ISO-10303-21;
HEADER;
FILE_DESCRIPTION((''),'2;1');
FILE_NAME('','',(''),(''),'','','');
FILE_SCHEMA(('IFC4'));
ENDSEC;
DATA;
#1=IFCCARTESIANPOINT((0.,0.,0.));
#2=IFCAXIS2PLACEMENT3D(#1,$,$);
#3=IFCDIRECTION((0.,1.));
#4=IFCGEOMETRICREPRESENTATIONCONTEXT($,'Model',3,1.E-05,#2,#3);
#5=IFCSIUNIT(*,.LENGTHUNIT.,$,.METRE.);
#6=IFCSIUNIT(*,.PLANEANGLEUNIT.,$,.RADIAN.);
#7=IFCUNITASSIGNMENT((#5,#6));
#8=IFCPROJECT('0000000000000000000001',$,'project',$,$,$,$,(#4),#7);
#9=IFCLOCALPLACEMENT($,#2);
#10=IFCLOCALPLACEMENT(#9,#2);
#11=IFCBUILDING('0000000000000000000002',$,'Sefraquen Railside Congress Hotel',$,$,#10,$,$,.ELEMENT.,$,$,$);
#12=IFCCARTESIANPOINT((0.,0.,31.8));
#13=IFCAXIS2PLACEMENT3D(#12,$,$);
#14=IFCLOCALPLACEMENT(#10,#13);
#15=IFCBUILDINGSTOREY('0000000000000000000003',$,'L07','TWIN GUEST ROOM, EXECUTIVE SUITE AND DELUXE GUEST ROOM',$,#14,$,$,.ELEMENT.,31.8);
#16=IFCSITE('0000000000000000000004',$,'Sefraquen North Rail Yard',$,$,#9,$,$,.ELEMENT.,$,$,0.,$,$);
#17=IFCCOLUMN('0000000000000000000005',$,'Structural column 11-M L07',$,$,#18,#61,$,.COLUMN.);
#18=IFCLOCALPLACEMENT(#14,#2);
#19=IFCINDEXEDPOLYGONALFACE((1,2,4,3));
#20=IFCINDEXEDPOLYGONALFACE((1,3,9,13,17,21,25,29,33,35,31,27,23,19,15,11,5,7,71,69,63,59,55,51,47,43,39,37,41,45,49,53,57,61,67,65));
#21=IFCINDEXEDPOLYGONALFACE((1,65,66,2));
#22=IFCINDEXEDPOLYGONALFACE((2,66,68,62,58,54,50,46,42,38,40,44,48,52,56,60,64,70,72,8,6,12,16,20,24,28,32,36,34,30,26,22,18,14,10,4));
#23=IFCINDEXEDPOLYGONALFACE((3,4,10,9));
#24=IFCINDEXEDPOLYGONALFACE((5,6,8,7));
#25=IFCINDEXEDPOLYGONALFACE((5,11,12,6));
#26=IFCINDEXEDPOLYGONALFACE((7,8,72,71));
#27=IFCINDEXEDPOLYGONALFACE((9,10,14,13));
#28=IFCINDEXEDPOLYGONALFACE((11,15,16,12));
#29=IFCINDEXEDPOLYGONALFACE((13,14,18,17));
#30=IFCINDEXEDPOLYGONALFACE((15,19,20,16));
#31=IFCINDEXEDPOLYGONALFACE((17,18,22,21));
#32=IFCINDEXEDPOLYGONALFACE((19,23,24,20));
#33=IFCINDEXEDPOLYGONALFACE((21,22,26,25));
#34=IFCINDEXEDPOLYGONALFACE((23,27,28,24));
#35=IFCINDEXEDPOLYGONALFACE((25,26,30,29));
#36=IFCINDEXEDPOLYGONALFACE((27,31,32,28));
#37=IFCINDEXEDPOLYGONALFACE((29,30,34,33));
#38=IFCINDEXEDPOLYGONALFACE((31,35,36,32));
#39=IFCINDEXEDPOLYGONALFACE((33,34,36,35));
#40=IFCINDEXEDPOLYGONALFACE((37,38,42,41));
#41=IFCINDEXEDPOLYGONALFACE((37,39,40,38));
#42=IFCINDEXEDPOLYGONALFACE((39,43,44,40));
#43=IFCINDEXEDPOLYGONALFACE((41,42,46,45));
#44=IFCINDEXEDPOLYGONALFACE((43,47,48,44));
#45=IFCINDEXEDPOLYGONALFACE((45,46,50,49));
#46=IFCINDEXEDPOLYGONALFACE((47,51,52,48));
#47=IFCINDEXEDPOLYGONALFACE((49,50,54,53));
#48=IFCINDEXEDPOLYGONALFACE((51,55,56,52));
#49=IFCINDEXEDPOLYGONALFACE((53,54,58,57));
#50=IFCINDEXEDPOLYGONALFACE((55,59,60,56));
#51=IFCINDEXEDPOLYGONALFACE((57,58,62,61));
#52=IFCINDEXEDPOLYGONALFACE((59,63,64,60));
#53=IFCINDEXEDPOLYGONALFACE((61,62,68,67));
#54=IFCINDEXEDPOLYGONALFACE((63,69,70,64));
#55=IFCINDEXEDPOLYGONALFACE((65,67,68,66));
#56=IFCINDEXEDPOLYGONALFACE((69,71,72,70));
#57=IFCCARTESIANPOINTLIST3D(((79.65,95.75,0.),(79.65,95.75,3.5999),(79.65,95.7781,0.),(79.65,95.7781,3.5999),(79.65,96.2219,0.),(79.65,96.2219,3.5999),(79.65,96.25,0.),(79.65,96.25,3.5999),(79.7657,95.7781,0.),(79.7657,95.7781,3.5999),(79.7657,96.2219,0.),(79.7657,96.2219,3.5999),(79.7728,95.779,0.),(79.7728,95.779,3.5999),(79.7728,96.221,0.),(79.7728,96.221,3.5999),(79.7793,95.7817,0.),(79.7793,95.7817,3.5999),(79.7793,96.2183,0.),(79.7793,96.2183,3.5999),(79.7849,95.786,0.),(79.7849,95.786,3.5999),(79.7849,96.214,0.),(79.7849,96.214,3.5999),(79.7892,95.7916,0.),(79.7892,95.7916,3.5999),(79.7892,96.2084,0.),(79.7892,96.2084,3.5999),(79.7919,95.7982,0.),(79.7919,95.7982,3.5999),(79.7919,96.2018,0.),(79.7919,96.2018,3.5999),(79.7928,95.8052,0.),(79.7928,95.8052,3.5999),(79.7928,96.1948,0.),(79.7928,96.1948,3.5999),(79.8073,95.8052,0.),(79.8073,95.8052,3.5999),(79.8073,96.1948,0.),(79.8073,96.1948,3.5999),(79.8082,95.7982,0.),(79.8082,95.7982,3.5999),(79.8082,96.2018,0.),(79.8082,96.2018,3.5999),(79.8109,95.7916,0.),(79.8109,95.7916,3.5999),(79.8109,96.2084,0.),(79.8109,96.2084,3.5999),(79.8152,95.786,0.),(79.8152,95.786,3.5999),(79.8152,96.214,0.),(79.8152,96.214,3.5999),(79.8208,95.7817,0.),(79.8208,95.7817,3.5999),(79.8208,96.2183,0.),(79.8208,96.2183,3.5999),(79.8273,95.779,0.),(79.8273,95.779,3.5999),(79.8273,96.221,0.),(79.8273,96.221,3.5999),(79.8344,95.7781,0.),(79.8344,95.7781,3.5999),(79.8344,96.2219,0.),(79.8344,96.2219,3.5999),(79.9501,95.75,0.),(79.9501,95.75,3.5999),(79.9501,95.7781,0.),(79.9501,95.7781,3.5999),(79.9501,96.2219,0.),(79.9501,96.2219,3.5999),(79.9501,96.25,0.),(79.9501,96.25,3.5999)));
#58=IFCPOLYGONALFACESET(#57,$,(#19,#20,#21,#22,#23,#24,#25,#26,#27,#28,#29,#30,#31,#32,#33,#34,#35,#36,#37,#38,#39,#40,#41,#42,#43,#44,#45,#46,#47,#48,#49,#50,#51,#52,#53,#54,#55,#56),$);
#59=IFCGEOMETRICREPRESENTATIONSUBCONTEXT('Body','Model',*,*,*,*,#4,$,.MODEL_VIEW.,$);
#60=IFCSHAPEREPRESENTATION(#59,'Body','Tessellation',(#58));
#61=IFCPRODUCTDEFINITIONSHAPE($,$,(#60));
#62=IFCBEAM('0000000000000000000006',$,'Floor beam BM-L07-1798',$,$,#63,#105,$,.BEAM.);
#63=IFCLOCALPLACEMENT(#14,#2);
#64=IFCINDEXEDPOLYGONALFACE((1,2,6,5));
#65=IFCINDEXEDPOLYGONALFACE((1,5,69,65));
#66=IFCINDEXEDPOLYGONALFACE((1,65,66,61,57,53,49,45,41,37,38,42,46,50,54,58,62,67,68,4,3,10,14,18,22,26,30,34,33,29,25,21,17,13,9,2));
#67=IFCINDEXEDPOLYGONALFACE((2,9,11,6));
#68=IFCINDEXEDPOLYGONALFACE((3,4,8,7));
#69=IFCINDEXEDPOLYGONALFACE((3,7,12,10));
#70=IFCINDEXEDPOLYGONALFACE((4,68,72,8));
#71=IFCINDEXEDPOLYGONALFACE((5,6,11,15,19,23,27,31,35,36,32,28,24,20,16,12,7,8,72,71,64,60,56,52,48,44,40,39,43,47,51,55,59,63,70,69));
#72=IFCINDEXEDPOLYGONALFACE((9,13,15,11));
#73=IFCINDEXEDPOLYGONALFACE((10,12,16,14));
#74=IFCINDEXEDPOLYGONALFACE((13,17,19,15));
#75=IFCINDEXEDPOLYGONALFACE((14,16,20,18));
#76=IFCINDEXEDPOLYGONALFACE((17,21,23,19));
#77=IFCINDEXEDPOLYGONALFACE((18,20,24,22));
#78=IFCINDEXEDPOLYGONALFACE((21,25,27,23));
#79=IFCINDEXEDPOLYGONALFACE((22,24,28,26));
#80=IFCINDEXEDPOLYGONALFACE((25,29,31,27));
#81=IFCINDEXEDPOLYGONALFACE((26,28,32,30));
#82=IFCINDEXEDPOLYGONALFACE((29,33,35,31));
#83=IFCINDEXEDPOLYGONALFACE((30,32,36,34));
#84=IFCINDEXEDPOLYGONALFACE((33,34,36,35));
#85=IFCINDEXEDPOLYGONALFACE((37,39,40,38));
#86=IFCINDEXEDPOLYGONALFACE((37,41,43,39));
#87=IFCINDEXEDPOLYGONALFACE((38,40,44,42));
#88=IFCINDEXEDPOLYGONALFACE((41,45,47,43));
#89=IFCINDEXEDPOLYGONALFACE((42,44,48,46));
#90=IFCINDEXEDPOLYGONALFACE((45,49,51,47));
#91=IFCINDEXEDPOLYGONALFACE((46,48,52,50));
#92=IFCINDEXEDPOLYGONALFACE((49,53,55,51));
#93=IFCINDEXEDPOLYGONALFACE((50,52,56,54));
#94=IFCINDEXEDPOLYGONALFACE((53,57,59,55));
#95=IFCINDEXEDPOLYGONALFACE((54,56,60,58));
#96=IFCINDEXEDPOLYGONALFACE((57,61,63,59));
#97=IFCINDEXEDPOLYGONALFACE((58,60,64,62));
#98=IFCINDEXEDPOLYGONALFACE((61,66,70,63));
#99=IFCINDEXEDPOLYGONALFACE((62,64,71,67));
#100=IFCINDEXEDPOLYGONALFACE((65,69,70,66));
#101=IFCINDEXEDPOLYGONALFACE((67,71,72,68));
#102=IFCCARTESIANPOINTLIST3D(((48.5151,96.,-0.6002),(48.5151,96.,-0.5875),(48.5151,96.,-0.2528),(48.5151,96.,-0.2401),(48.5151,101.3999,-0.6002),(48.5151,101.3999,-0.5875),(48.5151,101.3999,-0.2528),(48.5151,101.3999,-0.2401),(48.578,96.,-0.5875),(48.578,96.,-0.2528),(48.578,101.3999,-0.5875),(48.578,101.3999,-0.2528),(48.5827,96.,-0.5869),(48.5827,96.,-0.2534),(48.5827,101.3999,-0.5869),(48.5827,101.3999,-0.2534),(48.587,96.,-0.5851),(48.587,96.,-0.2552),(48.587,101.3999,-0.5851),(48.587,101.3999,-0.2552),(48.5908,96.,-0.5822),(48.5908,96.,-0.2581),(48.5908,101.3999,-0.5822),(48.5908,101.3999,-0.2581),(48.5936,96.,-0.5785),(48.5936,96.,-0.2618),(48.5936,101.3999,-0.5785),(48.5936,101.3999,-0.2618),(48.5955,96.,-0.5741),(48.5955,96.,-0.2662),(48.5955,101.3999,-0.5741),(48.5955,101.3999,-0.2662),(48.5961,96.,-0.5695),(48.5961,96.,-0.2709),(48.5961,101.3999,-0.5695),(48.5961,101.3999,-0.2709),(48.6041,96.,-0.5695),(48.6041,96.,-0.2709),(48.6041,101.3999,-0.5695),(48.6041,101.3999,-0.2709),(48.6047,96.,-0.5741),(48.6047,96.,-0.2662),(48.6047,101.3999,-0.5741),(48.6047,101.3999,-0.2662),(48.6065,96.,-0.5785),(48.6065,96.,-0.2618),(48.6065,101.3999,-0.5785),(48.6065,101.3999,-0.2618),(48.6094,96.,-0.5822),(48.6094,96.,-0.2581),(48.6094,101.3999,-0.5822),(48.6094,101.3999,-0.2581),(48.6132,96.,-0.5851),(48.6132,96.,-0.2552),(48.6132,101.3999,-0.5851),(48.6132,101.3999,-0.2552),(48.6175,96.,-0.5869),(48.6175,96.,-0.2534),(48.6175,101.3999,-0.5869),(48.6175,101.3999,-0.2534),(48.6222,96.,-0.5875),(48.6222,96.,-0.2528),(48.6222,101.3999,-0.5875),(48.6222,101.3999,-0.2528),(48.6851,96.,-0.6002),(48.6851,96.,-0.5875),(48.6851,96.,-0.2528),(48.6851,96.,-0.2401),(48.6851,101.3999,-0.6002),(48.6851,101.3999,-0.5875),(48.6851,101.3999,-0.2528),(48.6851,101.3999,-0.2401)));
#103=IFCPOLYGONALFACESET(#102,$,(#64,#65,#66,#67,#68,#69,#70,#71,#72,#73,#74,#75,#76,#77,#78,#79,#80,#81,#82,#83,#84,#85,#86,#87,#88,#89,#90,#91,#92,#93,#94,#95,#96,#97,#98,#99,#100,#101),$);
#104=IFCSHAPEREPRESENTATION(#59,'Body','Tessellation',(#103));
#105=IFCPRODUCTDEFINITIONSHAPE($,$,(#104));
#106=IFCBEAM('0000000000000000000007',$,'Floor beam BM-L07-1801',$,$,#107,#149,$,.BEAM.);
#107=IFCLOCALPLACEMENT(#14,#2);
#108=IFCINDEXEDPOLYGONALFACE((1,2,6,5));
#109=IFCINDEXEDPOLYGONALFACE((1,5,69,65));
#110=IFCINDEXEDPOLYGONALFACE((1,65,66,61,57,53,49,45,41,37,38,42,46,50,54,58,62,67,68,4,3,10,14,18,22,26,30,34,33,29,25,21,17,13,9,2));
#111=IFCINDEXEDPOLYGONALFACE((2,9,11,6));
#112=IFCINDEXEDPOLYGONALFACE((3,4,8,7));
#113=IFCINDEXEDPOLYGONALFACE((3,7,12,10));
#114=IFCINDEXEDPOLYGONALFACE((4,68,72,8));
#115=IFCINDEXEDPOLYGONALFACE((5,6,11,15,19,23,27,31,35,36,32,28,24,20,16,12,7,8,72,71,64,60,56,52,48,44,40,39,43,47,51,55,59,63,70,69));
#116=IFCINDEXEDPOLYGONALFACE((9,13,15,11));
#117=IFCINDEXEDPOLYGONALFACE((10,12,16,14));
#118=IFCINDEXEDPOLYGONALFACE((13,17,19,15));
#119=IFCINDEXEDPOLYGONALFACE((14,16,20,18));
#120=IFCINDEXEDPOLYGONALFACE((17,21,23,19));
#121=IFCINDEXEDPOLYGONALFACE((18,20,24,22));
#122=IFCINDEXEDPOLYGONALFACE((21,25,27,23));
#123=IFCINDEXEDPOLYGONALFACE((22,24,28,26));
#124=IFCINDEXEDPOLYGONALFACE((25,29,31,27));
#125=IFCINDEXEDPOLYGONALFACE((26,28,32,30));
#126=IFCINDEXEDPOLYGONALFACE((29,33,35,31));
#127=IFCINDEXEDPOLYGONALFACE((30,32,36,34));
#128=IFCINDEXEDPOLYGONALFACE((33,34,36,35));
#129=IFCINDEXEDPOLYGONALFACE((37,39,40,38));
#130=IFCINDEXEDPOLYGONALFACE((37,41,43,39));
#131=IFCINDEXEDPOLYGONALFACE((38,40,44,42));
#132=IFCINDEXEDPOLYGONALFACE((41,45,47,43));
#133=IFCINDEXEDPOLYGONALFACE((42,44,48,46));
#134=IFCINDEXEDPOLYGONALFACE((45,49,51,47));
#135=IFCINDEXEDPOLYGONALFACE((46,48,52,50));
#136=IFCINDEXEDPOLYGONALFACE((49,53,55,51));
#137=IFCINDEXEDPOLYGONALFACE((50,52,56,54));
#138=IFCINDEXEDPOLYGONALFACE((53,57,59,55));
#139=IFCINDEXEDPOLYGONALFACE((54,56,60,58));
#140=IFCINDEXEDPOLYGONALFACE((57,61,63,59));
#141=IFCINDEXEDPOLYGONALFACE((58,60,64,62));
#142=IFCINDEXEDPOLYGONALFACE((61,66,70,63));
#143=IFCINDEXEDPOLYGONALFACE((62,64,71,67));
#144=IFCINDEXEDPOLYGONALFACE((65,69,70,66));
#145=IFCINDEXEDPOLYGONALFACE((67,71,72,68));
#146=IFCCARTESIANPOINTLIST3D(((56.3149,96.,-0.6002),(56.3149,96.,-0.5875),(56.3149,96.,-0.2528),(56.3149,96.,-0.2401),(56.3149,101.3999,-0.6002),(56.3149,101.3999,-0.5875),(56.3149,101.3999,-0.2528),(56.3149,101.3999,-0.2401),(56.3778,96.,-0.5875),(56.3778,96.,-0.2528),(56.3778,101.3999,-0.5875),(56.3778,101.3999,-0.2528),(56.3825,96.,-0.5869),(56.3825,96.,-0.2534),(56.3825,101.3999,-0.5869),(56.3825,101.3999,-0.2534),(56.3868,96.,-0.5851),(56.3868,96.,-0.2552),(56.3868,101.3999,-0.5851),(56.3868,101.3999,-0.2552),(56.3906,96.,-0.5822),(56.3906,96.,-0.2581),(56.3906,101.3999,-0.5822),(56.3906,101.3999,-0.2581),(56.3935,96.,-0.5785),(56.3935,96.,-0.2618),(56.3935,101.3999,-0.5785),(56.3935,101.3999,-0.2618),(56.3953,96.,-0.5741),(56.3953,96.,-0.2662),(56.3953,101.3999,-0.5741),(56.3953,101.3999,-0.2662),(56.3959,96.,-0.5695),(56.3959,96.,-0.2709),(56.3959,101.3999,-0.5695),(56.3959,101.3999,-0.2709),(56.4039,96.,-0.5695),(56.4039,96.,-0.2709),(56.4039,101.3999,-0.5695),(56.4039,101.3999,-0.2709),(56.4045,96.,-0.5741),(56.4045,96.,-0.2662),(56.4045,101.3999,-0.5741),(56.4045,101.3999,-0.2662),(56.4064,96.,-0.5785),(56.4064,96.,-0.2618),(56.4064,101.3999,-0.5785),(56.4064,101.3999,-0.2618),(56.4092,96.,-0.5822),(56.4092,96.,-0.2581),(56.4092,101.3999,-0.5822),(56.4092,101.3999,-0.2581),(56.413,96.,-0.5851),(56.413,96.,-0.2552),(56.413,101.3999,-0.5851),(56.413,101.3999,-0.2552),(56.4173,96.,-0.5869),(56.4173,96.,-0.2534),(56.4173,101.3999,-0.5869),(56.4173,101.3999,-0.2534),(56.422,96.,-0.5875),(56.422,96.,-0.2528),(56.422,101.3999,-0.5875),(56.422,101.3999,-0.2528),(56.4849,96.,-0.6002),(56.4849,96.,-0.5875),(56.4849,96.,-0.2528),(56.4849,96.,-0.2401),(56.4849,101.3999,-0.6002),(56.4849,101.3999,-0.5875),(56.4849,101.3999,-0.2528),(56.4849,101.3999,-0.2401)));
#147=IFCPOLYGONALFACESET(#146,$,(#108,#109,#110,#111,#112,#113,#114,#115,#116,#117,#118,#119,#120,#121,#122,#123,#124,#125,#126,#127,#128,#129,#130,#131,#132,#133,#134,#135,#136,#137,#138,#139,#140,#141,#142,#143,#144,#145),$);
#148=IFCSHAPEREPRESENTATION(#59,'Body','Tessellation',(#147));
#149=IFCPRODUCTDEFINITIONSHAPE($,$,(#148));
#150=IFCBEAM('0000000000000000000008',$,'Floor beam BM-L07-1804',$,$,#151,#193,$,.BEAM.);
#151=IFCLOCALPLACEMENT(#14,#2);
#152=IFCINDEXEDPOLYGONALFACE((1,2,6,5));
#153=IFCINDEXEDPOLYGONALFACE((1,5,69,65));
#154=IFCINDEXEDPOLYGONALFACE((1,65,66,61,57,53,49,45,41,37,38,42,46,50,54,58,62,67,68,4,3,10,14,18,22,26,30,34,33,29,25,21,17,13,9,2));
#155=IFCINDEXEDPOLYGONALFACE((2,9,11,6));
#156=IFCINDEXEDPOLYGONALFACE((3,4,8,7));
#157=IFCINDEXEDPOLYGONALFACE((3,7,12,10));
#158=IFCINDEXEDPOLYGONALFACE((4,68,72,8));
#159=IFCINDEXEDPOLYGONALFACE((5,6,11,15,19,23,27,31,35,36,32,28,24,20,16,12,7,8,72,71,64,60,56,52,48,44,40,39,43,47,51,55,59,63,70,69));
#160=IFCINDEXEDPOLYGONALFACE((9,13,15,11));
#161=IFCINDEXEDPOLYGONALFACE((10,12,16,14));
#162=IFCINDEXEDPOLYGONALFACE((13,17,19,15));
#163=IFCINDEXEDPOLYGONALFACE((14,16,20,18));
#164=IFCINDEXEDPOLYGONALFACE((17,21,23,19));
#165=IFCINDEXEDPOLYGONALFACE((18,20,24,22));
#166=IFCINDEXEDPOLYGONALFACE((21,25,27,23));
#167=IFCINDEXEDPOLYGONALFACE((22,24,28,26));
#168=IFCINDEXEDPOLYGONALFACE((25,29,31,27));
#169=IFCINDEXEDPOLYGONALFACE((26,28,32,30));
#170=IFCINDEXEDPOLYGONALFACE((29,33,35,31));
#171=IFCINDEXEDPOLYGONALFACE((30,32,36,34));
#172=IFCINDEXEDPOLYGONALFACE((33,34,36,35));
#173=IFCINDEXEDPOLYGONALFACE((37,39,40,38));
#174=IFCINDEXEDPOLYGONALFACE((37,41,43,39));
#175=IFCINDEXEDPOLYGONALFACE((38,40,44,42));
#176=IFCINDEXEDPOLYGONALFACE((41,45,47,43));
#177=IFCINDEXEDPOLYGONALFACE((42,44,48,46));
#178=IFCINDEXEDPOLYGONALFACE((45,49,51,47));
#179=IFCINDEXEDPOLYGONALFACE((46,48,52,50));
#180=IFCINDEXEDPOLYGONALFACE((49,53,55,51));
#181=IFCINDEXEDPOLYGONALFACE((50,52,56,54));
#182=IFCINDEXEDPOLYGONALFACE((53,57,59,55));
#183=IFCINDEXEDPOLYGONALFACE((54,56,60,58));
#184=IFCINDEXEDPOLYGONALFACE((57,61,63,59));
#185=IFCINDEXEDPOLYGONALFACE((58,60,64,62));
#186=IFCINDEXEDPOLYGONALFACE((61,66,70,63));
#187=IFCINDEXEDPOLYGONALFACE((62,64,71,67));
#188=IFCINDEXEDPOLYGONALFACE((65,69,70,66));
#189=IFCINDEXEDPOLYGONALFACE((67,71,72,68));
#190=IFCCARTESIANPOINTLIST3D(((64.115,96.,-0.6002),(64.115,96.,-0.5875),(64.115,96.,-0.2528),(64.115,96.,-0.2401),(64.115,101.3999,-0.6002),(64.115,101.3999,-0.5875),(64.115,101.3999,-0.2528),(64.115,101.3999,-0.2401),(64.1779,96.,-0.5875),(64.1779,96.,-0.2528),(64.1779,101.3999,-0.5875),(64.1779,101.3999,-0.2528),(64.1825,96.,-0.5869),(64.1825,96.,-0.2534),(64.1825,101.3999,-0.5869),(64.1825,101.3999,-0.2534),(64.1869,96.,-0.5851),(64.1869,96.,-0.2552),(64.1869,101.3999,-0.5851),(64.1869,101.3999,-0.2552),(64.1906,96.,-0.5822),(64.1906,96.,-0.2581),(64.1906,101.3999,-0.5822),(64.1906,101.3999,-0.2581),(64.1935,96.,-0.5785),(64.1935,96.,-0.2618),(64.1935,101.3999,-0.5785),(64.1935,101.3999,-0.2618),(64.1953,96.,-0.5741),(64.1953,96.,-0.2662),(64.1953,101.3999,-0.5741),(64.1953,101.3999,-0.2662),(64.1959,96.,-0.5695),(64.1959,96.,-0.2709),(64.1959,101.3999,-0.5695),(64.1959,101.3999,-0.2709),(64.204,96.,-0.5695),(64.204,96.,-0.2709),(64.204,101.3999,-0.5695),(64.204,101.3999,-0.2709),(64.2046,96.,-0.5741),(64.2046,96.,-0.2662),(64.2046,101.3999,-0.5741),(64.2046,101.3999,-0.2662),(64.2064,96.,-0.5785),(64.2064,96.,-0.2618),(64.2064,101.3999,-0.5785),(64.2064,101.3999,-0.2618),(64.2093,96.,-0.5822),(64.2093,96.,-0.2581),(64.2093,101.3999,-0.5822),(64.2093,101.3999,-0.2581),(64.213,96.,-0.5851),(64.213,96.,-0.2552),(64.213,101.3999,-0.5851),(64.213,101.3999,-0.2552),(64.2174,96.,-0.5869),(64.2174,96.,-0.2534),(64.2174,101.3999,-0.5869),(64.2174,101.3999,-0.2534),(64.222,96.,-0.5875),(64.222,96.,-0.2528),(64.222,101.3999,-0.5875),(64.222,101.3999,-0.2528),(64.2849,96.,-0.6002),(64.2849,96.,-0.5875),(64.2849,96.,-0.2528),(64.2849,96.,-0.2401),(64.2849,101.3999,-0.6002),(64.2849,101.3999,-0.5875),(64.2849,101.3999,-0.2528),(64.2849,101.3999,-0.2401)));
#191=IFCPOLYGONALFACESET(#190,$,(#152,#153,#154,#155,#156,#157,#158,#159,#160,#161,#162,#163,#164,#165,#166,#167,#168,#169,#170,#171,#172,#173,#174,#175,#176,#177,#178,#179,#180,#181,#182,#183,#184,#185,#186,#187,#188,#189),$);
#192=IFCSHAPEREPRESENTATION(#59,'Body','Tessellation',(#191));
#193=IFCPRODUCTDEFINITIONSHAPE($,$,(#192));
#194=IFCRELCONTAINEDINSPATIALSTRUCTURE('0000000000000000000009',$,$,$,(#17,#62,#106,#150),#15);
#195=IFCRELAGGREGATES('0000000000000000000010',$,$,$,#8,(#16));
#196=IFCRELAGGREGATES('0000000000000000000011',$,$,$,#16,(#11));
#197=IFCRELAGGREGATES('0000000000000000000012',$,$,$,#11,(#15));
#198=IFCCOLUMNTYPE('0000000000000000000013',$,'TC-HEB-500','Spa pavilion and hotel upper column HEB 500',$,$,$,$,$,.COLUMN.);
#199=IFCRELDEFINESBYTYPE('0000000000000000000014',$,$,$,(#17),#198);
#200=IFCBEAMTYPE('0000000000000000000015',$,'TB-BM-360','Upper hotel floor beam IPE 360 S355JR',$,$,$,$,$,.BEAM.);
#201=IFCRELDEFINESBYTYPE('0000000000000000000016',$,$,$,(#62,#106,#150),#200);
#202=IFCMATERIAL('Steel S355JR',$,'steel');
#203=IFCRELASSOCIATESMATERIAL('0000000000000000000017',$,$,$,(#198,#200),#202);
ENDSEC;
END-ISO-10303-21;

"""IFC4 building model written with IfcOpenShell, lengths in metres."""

from ifc_helpers import new_model, si_unit, direction, frame, origin, origin_2d, place, context, subcontext, project, spatial, i_section, extrude, material, material_profile, profile_set, type_object, element, save


model = new_model("IFC4")

# Units and contexts
model_context = context("Model", 3, precision=1e-05, world=origin(), true_north=direction((0.0, 1.0)))
body_context = subcontext(model_context, "Body", "Model", "MODEL_VIEW")
ifc_project = project(units=[si_unit("LENGTHUNIT", "METRE"), si_unit("PLANEANGLEUNIT", "RADIAN")], contexts=[model_context])

# Site, building, storey
site_placement = place(None, origin())
site = spatial("IfcSite", under=ifc_project, at=site_placement, Name="Sefraquen North Rail Yard", CompositionType="ELEMENT", RefElevation=0.0)
building_placement = place(site_placement, origin())
building = spatial("IfcBuilding", under=site, at=building_placement, Name="Sefraquen Railside Congress Hotel", CompositionType="ELEMENT")
storey_placement = place(building_placement, frame((0.0, 0.0, 31.8)))
storey = spatial("IfcBuildingStorey", under=building, at=storey_placement, Name="L07", Description="TWIN GUEST ROOM, EXECUTIVE SUITE AND DELUXE GUEST ROOM", CompositionType="ELEMENT", Elevation=31.8)

# Column
ifc_material_1 = material(Name="Steel S355JR", Category="steel")
ifc_material_profile_1 = material_profile(ifc_material_1, i_section(OverallWidth=0.3, OverallDepth=0.5, WebThickness=0.0144, FlangeThickness=0.0281, FilletRadius=0.0271, at=origin_2d()), Name="HEB 500")
ifc_profile_set_1 = profile_set([ifc_material_profile_1], Name="Steel S355JR")
column_type = type_object("IfcColumnType", Name="TC-HEB-500", Description="Spa pavilion and hotel upper column HEB 500", PredefinedType="COLUMN", material=ifc_profile_set_1)
for number, where, z_axis, x_axis, name in (
    (1, (79.8, 96.0, 0.0), (0.0, 0.0, 1.0), (1.0, 0.0, 0.0), "Structural column 11-M L07"),
):
    element("IfcColumn", number, at=place(storey_placement, frame(where, z_axis=z_axis, x_axis=x_axis)), inside=storey, type_object=column_type, Name=name, PredefinedType="COLUMN", context=body_context, shape_type="SweptSolid", body=[
        extrude(i_section(OverallWidth=0.3, OverallDepth=0.5, WebThickness=0.0144, FlangeThickness=0.0281, FilletRadius=0.0271, at=origin_2d()), origin(), (0.0, 0.0, 1.0), 3.5999),
    ])

# Beams
ifc_material_profile_2 = material_profile(ifc_material_1, i_section(OverallWidth=0.1699, OverallDepth=0.3601, WebThickness=0.0081, FlangeThickness=0.0127, FilletRadius=0.0181, at=origin_2d()), Name="IPE 360")
ifc_profile_set_2 = profile_set([ifc_material_profile_2], Name="Steel S355JR")
beam_type_1 = type_object("IfcBeamType", Name="TB-BM-360", Description="Upper hotel floor beam IPE 360 S355JR", PredefinedType="BEAM", material=ifc_profile_set_2)
for number, where, z_axis, x_axis, name in (
    (2, (48.6001, 96.0, -0.4202), (0.0, 1.0, 0.0), (-1.0, 0.0, 0.0), "Floor beam BM-L07-1798"),
    (3, (56.3999, 96.0, -0.4202), (0.0, 1.0, 0.0), (-1.0, 0.0, 0.0), "Floor beam BM-L07-1801"),
    (4, (64.2, 96.0, -0.4202), (0.0, 1.0, 0.0), (-1.0, 0.0, 0.0), "Floor beam BM-L07-1804"),
):
    element("IfcBeam", number, at=place(storey_placement, frame(where, z_axis=z_axis, x_axis=x_axis)), inside=storey, type_object=beam_type_1, Name=name, PredefinedType="BEAM", context=body_context, shape_type="SweptSolid", body=[
        extrude(i_section(OverallWidth=0.1699, OverallDepth=0.3601, WebThickness=0.0081, FlangeThickness=0.0127, FilletRadius=0.0181, at=origin_2d()), origin(), (0.0, 0.0, 1.0), 5.3999),
    ])

save(model, "model.ifc")
